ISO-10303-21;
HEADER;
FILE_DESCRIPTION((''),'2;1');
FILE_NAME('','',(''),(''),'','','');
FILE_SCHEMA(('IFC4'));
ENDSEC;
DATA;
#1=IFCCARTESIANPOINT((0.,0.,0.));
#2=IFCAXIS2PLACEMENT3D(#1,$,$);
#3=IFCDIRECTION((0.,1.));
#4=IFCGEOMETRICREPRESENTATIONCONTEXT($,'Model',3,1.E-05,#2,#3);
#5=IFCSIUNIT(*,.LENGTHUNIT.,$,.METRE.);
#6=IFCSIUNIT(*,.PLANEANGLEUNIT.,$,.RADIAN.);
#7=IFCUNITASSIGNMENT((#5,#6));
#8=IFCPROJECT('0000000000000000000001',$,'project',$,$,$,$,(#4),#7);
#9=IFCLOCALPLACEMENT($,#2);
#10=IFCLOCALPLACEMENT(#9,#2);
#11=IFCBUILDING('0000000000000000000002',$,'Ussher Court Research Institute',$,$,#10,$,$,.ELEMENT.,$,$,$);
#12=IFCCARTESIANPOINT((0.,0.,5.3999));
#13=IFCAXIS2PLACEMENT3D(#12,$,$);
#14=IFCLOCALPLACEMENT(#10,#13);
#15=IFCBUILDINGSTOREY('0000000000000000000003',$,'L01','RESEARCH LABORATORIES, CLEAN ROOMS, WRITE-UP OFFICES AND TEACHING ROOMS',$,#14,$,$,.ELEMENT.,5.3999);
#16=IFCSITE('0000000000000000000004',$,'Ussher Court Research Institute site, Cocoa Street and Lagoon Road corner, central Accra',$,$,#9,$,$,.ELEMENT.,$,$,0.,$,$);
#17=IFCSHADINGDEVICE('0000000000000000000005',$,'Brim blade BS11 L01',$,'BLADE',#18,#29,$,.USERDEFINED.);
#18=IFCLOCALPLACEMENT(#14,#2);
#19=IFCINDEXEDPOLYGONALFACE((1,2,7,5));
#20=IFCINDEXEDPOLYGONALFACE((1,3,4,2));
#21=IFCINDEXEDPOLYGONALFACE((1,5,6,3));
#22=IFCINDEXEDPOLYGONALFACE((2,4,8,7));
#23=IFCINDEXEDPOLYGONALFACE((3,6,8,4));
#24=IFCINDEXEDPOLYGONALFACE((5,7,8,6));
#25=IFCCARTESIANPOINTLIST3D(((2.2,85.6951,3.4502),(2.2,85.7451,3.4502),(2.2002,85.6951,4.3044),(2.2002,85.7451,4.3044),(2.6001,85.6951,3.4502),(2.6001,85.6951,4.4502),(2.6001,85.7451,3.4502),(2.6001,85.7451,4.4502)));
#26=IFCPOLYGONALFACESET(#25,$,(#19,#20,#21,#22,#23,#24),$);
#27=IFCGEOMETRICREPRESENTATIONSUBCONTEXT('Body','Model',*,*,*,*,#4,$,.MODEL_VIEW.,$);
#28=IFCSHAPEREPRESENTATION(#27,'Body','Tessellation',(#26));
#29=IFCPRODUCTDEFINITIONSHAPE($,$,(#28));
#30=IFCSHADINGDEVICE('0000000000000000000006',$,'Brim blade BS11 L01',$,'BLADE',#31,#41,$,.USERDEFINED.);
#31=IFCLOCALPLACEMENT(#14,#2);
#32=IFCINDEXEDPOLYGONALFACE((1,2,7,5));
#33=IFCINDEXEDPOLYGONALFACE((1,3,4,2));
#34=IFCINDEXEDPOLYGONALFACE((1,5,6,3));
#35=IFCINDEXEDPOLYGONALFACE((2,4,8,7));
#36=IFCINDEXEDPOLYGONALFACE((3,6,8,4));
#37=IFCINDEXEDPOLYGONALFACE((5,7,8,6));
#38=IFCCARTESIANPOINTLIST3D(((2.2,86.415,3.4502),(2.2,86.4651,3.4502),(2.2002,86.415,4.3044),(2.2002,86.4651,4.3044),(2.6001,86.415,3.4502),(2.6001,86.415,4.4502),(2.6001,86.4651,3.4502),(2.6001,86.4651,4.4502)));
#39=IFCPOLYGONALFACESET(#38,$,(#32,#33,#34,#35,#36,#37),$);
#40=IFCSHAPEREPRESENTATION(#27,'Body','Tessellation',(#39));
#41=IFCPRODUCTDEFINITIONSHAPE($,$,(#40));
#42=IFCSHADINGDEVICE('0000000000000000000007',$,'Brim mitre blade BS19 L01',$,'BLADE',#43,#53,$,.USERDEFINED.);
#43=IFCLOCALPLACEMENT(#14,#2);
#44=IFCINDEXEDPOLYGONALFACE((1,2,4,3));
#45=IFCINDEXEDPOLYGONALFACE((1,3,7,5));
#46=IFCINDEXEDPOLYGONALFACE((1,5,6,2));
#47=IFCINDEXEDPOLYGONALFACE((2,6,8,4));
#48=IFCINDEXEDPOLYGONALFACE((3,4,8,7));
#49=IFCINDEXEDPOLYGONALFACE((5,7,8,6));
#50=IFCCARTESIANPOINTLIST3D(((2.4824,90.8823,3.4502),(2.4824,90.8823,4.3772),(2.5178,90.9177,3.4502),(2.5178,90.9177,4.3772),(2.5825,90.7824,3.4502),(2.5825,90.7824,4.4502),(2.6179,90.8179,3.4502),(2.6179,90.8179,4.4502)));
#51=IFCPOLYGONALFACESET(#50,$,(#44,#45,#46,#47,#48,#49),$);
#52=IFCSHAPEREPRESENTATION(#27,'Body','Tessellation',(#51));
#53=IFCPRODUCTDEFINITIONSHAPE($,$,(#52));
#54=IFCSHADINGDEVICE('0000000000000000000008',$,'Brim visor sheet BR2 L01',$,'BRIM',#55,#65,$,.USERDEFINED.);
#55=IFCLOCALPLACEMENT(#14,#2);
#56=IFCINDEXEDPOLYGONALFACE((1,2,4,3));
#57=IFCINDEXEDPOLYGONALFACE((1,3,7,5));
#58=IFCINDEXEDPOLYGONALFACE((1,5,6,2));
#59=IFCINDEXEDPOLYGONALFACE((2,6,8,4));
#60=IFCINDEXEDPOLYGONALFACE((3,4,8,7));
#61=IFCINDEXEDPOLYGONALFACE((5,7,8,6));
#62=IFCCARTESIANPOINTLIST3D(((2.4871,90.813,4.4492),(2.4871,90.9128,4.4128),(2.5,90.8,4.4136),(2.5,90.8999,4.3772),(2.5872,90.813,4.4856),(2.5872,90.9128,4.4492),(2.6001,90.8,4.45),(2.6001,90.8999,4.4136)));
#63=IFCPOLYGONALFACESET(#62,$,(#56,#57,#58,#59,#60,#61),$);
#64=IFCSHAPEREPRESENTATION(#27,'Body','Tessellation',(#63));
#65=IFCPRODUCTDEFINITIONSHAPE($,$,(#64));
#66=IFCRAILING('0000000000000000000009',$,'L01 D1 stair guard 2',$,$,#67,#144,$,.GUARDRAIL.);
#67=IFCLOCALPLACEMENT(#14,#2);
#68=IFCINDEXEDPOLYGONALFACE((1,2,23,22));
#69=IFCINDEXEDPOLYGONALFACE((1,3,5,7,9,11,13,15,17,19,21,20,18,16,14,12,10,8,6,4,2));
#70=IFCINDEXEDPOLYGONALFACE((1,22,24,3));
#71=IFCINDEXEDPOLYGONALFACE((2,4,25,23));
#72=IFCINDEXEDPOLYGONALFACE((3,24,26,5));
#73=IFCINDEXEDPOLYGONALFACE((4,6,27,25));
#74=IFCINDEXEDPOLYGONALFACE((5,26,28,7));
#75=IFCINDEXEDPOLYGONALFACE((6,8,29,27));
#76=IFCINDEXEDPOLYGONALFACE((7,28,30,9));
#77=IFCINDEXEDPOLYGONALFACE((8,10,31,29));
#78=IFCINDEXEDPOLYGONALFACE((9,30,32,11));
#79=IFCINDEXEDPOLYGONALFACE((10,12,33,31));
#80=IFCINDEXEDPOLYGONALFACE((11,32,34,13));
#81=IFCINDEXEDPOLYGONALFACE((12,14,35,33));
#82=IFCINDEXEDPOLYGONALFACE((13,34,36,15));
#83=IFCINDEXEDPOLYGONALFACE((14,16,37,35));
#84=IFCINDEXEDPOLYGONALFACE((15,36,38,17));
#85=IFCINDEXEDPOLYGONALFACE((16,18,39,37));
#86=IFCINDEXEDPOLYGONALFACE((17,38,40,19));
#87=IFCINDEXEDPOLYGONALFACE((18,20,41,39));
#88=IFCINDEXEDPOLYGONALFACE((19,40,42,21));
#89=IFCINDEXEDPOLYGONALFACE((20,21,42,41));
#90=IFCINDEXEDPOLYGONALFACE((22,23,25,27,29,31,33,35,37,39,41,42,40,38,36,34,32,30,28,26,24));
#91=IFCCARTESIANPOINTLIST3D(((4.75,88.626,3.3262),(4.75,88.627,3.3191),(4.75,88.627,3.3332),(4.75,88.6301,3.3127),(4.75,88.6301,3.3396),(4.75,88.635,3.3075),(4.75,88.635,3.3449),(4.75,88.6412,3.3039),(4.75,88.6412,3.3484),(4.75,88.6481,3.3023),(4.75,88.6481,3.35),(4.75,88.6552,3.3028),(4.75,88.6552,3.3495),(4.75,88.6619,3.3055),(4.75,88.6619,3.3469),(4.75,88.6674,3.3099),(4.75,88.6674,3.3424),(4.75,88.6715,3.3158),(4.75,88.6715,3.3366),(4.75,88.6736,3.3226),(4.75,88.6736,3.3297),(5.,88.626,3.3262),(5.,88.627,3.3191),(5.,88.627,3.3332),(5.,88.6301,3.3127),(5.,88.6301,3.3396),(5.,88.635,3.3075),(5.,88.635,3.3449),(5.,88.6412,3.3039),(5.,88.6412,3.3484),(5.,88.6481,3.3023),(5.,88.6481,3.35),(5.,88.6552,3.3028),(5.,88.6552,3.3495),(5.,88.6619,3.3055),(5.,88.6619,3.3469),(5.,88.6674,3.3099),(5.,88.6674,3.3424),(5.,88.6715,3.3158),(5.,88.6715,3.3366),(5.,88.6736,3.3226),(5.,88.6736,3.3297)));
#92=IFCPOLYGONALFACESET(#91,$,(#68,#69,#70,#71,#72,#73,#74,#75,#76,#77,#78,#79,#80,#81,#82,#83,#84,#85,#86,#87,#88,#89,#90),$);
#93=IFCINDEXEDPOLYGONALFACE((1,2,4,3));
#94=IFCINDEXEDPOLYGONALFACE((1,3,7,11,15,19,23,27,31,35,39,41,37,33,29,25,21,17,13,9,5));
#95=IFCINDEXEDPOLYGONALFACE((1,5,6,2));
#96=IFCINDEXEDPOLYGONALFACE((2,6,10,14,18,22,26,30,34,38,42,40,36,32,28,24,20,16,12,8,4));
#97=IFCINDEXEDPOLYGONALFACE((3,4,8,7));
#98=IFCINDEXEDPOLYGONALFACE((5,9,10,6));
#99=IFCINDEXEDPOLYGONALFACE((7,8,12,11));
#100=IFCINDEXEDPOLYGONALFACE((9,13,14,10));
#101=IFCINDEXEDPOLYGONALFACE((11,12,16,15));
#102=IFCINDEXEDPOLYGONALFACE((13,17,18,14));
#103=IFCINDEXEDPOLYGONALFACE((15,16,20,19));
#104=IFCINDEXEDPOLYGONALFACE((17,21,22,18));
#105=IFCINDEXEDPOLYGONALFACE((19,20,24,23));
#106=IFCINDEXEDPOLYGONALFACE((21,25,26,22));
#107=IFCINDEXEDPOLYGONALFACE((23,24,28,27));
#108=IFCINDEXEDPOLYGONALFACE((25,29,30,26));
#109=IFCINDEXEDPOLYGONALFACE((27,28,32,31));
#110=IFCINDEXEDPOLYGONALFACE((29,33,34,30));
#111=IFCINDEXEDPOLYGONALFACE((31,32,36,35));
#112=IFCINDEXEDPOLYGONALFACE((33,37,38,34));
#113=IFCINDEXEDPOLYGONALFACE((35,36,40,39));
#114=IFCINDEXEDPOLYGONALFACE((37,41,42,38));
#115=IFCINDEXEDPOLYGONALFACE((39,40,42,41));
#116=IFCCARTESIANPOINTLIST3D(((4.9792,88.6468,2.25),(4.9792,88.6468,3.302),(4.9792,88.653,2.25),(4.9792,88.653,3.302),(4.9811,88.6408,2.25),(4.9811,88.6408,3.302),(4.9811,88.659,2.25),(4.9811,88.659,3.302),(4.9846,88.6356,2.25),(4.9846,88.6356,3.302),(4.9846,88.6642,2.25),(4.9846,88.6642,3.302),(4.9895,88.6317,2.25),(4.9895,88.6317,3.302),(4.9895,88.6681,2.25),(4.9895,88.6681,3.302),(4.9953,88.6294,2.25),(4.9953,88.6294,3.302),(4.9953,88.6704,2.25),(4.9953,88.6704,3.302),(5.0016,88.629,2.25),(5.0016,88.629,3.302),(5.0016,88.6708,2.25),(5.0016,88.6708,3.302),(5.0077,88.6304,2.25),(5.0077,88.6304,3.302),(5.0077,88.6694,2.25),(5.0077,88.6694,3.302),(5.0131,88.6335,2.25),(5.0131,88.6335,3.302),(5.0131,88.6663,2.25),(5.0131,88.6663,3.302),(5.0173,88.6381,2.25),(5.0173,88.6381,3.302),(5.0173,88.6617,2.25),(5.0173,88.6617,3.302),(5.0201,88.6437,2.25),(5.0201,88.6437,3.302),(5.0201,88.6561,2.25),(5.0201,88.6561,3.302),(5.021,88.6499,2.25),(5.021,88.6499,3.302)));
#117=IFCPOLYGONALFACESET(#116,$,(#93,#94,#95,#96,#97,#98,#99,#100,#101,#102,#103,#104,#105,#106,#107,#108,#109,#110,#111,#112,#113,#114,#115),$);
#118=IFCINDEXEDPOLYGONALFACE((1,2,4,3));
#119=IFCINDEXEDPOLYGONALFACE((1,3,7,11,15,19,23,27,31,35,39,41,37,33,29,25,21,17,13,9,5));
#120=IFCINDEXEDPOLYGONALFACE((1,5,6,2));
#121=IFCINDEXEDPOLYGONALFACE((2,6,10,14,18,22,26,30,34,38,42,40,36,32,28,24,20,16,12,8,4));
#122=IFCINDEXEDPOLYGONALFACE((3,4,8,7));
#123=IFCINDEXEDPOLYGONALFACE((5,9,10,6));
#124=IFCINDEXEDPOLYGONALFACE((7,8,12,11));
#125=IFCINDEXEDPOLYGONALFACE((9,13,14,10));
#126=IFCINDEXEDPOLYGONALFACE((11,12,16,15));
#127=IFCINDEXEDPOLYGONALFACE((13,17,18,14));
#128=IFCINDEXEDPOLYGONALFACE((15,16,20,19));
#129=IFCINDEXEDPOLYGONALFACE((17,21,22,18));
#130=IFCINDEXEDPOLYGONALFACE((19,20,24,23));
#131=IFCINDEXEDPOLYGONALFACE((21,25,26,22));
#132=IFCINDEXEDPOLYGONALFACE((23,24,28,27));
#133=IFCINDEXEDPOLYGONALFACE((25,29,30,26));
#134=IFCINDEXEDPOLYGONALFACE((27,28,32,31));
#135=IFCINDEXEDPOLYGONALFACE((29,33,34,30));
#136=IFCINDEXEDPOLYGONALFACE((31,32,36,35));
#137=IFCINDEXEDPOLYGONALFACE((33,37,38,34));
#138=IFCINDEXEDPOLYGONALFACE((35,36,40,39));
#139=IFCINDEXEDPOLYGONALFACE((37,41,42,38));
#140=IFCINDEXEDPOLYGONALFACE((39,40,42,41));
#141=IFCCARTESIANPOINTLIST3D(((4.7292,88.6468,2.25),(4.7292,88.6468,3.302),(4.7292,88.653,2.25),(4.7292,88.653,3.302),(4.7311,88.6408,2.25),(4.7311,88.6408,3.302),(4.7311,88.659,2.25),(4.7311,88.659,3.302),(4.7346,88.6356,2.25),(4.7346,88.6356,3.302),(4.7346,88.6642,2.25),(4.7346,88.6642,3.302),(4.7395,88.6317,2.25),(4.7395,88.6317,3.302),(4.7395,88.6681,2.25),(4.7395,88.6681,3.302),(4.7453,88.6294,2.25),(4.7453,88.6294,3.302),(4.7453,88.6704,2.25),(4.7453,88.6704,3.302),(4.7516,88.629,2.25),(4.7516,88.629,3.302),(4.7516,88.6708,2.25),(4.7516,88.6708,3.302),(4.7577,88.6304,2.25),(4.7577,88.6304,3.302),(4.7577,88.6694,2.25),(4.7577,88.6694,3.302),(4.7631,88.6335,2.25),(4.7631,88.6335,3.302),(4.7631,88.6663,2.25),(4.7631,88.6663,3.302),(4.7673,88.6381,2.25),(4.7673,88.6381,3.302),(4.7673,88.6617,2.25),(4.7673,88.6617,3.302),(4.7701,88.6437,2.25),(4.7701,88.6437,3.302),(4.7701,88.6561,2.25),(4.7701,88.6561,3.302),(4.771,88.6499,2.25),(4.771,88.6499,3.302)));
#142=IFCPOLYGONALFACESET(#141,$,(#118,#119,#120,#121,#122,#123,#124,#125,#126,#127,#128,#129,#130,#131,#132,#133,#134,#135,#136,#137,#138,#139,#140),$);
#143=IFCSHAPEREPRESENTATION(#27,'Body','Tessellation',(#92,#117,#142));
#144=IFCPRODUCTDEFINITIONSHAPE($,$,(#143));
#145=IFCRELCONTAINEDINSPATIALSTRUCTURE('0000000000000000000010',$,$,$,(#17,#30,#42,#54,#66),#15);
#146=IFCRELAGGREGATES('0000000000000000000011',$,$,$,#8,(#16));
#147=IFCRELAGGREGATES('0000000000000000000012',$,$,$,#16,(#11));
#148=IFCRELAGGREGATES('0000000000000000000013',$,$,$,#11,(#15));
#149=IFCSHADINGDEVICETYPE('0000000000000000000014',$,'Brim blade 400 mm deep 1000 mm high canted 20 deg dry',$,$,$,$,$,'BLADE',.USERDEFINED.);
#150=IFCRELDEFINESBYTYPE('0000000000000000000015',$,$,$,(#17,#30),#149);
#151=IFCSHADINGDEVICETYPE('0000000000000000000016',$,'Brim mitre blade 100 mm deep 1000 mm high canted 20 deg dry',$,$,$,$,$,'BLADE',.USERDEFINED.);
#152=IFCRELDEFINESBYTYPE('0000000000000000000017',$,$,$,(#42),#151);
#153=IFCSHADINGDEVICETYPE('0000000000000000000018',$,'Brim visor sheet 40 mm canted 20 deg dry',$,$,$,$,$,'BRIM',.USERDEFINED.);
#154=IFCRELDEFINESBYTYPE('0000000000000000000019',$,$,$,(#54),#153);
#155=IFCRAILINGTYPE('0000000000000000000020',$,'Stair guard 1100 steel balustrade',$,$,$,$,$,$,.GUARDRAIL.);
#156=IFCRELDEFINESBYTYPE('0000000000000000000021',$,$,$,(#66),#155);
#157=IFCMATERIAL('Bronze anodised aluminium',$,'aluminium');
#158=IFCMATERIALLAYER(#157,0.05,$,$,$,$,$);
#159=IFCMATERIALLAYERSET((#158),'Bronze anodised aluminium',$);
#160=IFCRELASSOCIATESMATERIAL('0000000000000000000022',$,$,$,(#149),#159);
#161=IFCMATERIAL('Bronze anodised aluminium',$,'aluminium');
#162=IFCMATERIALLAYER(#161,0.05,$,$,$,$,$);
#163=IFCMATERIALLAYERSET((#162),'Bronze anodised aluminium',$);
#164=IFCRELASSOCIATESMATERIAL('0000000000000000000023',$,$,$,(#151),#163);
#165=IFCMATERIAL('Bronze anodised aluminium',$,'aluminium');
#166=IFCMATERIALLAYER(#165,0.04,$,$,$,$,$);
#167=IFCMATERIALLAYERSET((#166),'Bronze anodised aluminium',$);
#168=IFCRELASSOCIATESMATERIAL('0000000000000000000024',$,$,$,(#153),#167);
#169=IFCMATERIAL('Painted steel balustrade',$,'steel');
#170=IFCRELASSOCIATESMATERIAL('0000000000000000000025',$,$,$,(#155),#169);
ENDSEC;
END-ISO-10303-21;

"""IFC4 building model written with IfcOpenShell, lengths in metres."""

from ifc_helpers import new_model, si_unit, direction, frame, origin, origin_2d, place, context, subcontext, project, spatial, polyline, circle, outline, extrude, material, layer, layer_set, type_object, element, save


model = new_model("IFC4")

# Units and contexts
model_context = context("Model", 3, precision=1e-05, world=origin(), true_north=direction((0.0, 1.0)))
body_context = subcontext(model_context, "Body", "Model", "MODEL_VIEW")
ifc_project = project(units=[si_unit("LENGTHUNIT", "METRE"), si_unit("PLANEANGLEUNIT", "RADIAN")], contexts=[model_context])

# Site, building, storey
site_placement = place(None, origin())
site = spatial("IfcSite", under=ifc_project, at=site_placement, Name="Ussher Court Research Institute site, Cocoa Street and Lagoon Road corner, central Accra", CompositionType="ELEMENT", RefElevation=0.0)
building_placement = place(site_placement, origin())
building = spatial("IfcBuilding", under=site, at=building_placement, Name="Ussher Court Research Institute", CompositionType="ELEMENT")
storey_placement = place(building_placement, frame((0.0, 0.0, 5.3999)))
storey = spatial("IfcBuildingStorey", under=building, at=storey_placement, Name="L01", Description="RESEARCH LABORATORIES, CLEAN ROOMS, WRITE-UP OFFICES AND TEACHING ROOMS", CompositionType="ELEMENT", Elevation=5.3999)

# Shading devices
ifc_material_1 = material(Name="Bronze anodised aluminium", Category="aluminium")
ifc_layer_1 = layer(ifc_material_1, 0.05)
ifc_layer_set_1 = layer_set([ifc_layer_1], Name="Bronze anodised aluminium")
shading_device_type_1 = type_object("IfcShadingDeviceType", Name="Brim blade 400 mm deep 1000 mm high canted 20 deg dry", ElementType="BLADE", PredefinedType="USERDEFINED", material=ifc_layer_set_1)
for number, where, z_axis, x_axis, name in (
    (1, (2.6001, 85.72, 3.4502), (0.0, 0.0, 1.0), (-1.0, 0.0, 0.0), "Brim blade BS11 L01"),
    (2, (2.6001, 86.4399, 3.4502), (0.0, 0.0, 1.0), (-1.0, 0.0, 0.0), "Brim blade BS11 L01"),
):
    element("IfcShadingDevice", number, at=place(storey_placement, frame(where, z_axis=z_axis, x_axis=x_axis)), inside=storey, type_object=shading_device_type_1, Name=name, ObjectType="BLADE", PredefinedType="USERDEFINED", context=body_context, shape_type="SweptSolid", body=[
        extrude(outline(polyline([(0.0, 0.0), (0.4001, 0.0), (0.3999, 0.8542), (0.0, 1.0), (0.0, 0.0)])), frame((0.0, 0.0249, 0.0), z_axis=(0.0, -1.0, 0.0), x_axis=(1.0, 0.0, 0.0)), (0.0, 0.0, 1.0), 0.05),
    ])
ifc_material_2 = material(Name="Bronze anodised aluminium", Category="aluminium")
ifc_layer_2 = layer(ifc_material_2, 0.05)
ifc_layer_set_2 = layer_set([ifc_layer_2], Name="Bronze anodised aluminium")
shading_device_type_2 = type_object("IfcShadingDeviceType", Name="Brim mitre blade 100 mm deep 1000 mm high canted 20 deg dry", ElementType="BLADE", PredefinedType="USERDEFINED", material=ifc_layer_set_2)
shading_device_1_placement = place(storey_placement, frame((2.6001, 90.8, 3.4502), z_axis=(0.0, 0.0, 1.0), x_axis=(-0.70797, 0.706243, 0.0)))
element("IfcShadingDevice", 3, at=shading_device_1_placement, inside=storey, type_object=shading_device_type_2, Name="Brim mitre blade BS19 L01", ObjectType="BLADE", PredefinedType="USERDEFINED", context=body_context, shape_type="SweptSolid", body=[
    extrude(outline(polyline([(0.0, 0.0), (0.1414, 0.0), (0.1414, 0.927), (0.0, 1.0), (0.0, 0.0)])), frame((0.0, 0.0249, 0.0), z_axis=(0.0, -1.0, 0.0), x_axis=(1.0, 0.0, 0.0)), (0.0, 0.0, 1.0), 0.05),
])
ifc_material_3 = material(Name="Bronze anodised aluminium", Category="aluminium")
ifc_layer_3 = layer(ifc_material_3, 0.04)
ifc_layer_set_3 = layer_set([ifc_layer_3], Name="Bronze anodised aluminium")
shading_device_type_3 = type_object("IfcShadingDeviceType", Name="Brim visor sheet 40 mm canted 20 deg dry", ElementType="BRIM", PredefinedType="USERDEFINED", material=ifc_layer_set_3)
shading_device_2_placement = place(storey_placement, frame((2.5872, 90.813, 4.4856), z_axis=(-0.323142, 0.323932, 0.889183), x_axis=(0.0, 0.939592, -0.342296)))
element("IfcShadingDevice", 4, at=shading_device_2_placement, inside=storey, type_object=shading_device_type_3, Name="Brim visor sheet BR2 L01", ObjectType="BRIM", PredefinedType="USERDEFINED", context=body_context, shape_type="SweptSolid", body=[
    extrude(outline(polyline([(0.0, 0.0), (0.1063, 0.0), (0.1187, 0.1058), (0.0125, 0.1058), (0.0, 0.0)])), origin(), (0.0, 0.0, -1.0), 0.04),
])

# Railing
ifc_material_4 = material(Name="Painted steel balustrade", Category="steel")
railing_type_1 = type_object("IfcRailingType", Name="Stair guard 1100 steel balustrade", PredefinedType="GUARDRAIL", material=ifc_material_4)
railing_1_placement = place(storey_placement, frame((5.0, 88.6499, 2.25)))
element("IfcRailing", 5, at=railing_1_placement, inside=storey, type_object=railing_type_1, Name="L01 D1 stair guard 2", PredefinedType="GUARDRAIL", context=body_context, shape_type="SweptSolid", body=[
    extrude(circle(Radius=0.0239, at=origin_2d()), frame((0.0, 0.0, 1.0762), z_axis=(-1.0, 0.0, 0.0), x_axis=(0.0, -1.0, 0.0)), (0.0, 0.0, 1.0), 0.25),
    extrude(circle(Radius=0.021, at=origin_2d()), origin(), (0.0, 0.0, 1.0), 1.052),
    extrude(circle(Radius=0.021, at=origin_2d()), frame((-0.25, 0.0, 0.0)), (0.0, 0.0, 1.0), 1.052),
])

save(model, "model.ifc")
